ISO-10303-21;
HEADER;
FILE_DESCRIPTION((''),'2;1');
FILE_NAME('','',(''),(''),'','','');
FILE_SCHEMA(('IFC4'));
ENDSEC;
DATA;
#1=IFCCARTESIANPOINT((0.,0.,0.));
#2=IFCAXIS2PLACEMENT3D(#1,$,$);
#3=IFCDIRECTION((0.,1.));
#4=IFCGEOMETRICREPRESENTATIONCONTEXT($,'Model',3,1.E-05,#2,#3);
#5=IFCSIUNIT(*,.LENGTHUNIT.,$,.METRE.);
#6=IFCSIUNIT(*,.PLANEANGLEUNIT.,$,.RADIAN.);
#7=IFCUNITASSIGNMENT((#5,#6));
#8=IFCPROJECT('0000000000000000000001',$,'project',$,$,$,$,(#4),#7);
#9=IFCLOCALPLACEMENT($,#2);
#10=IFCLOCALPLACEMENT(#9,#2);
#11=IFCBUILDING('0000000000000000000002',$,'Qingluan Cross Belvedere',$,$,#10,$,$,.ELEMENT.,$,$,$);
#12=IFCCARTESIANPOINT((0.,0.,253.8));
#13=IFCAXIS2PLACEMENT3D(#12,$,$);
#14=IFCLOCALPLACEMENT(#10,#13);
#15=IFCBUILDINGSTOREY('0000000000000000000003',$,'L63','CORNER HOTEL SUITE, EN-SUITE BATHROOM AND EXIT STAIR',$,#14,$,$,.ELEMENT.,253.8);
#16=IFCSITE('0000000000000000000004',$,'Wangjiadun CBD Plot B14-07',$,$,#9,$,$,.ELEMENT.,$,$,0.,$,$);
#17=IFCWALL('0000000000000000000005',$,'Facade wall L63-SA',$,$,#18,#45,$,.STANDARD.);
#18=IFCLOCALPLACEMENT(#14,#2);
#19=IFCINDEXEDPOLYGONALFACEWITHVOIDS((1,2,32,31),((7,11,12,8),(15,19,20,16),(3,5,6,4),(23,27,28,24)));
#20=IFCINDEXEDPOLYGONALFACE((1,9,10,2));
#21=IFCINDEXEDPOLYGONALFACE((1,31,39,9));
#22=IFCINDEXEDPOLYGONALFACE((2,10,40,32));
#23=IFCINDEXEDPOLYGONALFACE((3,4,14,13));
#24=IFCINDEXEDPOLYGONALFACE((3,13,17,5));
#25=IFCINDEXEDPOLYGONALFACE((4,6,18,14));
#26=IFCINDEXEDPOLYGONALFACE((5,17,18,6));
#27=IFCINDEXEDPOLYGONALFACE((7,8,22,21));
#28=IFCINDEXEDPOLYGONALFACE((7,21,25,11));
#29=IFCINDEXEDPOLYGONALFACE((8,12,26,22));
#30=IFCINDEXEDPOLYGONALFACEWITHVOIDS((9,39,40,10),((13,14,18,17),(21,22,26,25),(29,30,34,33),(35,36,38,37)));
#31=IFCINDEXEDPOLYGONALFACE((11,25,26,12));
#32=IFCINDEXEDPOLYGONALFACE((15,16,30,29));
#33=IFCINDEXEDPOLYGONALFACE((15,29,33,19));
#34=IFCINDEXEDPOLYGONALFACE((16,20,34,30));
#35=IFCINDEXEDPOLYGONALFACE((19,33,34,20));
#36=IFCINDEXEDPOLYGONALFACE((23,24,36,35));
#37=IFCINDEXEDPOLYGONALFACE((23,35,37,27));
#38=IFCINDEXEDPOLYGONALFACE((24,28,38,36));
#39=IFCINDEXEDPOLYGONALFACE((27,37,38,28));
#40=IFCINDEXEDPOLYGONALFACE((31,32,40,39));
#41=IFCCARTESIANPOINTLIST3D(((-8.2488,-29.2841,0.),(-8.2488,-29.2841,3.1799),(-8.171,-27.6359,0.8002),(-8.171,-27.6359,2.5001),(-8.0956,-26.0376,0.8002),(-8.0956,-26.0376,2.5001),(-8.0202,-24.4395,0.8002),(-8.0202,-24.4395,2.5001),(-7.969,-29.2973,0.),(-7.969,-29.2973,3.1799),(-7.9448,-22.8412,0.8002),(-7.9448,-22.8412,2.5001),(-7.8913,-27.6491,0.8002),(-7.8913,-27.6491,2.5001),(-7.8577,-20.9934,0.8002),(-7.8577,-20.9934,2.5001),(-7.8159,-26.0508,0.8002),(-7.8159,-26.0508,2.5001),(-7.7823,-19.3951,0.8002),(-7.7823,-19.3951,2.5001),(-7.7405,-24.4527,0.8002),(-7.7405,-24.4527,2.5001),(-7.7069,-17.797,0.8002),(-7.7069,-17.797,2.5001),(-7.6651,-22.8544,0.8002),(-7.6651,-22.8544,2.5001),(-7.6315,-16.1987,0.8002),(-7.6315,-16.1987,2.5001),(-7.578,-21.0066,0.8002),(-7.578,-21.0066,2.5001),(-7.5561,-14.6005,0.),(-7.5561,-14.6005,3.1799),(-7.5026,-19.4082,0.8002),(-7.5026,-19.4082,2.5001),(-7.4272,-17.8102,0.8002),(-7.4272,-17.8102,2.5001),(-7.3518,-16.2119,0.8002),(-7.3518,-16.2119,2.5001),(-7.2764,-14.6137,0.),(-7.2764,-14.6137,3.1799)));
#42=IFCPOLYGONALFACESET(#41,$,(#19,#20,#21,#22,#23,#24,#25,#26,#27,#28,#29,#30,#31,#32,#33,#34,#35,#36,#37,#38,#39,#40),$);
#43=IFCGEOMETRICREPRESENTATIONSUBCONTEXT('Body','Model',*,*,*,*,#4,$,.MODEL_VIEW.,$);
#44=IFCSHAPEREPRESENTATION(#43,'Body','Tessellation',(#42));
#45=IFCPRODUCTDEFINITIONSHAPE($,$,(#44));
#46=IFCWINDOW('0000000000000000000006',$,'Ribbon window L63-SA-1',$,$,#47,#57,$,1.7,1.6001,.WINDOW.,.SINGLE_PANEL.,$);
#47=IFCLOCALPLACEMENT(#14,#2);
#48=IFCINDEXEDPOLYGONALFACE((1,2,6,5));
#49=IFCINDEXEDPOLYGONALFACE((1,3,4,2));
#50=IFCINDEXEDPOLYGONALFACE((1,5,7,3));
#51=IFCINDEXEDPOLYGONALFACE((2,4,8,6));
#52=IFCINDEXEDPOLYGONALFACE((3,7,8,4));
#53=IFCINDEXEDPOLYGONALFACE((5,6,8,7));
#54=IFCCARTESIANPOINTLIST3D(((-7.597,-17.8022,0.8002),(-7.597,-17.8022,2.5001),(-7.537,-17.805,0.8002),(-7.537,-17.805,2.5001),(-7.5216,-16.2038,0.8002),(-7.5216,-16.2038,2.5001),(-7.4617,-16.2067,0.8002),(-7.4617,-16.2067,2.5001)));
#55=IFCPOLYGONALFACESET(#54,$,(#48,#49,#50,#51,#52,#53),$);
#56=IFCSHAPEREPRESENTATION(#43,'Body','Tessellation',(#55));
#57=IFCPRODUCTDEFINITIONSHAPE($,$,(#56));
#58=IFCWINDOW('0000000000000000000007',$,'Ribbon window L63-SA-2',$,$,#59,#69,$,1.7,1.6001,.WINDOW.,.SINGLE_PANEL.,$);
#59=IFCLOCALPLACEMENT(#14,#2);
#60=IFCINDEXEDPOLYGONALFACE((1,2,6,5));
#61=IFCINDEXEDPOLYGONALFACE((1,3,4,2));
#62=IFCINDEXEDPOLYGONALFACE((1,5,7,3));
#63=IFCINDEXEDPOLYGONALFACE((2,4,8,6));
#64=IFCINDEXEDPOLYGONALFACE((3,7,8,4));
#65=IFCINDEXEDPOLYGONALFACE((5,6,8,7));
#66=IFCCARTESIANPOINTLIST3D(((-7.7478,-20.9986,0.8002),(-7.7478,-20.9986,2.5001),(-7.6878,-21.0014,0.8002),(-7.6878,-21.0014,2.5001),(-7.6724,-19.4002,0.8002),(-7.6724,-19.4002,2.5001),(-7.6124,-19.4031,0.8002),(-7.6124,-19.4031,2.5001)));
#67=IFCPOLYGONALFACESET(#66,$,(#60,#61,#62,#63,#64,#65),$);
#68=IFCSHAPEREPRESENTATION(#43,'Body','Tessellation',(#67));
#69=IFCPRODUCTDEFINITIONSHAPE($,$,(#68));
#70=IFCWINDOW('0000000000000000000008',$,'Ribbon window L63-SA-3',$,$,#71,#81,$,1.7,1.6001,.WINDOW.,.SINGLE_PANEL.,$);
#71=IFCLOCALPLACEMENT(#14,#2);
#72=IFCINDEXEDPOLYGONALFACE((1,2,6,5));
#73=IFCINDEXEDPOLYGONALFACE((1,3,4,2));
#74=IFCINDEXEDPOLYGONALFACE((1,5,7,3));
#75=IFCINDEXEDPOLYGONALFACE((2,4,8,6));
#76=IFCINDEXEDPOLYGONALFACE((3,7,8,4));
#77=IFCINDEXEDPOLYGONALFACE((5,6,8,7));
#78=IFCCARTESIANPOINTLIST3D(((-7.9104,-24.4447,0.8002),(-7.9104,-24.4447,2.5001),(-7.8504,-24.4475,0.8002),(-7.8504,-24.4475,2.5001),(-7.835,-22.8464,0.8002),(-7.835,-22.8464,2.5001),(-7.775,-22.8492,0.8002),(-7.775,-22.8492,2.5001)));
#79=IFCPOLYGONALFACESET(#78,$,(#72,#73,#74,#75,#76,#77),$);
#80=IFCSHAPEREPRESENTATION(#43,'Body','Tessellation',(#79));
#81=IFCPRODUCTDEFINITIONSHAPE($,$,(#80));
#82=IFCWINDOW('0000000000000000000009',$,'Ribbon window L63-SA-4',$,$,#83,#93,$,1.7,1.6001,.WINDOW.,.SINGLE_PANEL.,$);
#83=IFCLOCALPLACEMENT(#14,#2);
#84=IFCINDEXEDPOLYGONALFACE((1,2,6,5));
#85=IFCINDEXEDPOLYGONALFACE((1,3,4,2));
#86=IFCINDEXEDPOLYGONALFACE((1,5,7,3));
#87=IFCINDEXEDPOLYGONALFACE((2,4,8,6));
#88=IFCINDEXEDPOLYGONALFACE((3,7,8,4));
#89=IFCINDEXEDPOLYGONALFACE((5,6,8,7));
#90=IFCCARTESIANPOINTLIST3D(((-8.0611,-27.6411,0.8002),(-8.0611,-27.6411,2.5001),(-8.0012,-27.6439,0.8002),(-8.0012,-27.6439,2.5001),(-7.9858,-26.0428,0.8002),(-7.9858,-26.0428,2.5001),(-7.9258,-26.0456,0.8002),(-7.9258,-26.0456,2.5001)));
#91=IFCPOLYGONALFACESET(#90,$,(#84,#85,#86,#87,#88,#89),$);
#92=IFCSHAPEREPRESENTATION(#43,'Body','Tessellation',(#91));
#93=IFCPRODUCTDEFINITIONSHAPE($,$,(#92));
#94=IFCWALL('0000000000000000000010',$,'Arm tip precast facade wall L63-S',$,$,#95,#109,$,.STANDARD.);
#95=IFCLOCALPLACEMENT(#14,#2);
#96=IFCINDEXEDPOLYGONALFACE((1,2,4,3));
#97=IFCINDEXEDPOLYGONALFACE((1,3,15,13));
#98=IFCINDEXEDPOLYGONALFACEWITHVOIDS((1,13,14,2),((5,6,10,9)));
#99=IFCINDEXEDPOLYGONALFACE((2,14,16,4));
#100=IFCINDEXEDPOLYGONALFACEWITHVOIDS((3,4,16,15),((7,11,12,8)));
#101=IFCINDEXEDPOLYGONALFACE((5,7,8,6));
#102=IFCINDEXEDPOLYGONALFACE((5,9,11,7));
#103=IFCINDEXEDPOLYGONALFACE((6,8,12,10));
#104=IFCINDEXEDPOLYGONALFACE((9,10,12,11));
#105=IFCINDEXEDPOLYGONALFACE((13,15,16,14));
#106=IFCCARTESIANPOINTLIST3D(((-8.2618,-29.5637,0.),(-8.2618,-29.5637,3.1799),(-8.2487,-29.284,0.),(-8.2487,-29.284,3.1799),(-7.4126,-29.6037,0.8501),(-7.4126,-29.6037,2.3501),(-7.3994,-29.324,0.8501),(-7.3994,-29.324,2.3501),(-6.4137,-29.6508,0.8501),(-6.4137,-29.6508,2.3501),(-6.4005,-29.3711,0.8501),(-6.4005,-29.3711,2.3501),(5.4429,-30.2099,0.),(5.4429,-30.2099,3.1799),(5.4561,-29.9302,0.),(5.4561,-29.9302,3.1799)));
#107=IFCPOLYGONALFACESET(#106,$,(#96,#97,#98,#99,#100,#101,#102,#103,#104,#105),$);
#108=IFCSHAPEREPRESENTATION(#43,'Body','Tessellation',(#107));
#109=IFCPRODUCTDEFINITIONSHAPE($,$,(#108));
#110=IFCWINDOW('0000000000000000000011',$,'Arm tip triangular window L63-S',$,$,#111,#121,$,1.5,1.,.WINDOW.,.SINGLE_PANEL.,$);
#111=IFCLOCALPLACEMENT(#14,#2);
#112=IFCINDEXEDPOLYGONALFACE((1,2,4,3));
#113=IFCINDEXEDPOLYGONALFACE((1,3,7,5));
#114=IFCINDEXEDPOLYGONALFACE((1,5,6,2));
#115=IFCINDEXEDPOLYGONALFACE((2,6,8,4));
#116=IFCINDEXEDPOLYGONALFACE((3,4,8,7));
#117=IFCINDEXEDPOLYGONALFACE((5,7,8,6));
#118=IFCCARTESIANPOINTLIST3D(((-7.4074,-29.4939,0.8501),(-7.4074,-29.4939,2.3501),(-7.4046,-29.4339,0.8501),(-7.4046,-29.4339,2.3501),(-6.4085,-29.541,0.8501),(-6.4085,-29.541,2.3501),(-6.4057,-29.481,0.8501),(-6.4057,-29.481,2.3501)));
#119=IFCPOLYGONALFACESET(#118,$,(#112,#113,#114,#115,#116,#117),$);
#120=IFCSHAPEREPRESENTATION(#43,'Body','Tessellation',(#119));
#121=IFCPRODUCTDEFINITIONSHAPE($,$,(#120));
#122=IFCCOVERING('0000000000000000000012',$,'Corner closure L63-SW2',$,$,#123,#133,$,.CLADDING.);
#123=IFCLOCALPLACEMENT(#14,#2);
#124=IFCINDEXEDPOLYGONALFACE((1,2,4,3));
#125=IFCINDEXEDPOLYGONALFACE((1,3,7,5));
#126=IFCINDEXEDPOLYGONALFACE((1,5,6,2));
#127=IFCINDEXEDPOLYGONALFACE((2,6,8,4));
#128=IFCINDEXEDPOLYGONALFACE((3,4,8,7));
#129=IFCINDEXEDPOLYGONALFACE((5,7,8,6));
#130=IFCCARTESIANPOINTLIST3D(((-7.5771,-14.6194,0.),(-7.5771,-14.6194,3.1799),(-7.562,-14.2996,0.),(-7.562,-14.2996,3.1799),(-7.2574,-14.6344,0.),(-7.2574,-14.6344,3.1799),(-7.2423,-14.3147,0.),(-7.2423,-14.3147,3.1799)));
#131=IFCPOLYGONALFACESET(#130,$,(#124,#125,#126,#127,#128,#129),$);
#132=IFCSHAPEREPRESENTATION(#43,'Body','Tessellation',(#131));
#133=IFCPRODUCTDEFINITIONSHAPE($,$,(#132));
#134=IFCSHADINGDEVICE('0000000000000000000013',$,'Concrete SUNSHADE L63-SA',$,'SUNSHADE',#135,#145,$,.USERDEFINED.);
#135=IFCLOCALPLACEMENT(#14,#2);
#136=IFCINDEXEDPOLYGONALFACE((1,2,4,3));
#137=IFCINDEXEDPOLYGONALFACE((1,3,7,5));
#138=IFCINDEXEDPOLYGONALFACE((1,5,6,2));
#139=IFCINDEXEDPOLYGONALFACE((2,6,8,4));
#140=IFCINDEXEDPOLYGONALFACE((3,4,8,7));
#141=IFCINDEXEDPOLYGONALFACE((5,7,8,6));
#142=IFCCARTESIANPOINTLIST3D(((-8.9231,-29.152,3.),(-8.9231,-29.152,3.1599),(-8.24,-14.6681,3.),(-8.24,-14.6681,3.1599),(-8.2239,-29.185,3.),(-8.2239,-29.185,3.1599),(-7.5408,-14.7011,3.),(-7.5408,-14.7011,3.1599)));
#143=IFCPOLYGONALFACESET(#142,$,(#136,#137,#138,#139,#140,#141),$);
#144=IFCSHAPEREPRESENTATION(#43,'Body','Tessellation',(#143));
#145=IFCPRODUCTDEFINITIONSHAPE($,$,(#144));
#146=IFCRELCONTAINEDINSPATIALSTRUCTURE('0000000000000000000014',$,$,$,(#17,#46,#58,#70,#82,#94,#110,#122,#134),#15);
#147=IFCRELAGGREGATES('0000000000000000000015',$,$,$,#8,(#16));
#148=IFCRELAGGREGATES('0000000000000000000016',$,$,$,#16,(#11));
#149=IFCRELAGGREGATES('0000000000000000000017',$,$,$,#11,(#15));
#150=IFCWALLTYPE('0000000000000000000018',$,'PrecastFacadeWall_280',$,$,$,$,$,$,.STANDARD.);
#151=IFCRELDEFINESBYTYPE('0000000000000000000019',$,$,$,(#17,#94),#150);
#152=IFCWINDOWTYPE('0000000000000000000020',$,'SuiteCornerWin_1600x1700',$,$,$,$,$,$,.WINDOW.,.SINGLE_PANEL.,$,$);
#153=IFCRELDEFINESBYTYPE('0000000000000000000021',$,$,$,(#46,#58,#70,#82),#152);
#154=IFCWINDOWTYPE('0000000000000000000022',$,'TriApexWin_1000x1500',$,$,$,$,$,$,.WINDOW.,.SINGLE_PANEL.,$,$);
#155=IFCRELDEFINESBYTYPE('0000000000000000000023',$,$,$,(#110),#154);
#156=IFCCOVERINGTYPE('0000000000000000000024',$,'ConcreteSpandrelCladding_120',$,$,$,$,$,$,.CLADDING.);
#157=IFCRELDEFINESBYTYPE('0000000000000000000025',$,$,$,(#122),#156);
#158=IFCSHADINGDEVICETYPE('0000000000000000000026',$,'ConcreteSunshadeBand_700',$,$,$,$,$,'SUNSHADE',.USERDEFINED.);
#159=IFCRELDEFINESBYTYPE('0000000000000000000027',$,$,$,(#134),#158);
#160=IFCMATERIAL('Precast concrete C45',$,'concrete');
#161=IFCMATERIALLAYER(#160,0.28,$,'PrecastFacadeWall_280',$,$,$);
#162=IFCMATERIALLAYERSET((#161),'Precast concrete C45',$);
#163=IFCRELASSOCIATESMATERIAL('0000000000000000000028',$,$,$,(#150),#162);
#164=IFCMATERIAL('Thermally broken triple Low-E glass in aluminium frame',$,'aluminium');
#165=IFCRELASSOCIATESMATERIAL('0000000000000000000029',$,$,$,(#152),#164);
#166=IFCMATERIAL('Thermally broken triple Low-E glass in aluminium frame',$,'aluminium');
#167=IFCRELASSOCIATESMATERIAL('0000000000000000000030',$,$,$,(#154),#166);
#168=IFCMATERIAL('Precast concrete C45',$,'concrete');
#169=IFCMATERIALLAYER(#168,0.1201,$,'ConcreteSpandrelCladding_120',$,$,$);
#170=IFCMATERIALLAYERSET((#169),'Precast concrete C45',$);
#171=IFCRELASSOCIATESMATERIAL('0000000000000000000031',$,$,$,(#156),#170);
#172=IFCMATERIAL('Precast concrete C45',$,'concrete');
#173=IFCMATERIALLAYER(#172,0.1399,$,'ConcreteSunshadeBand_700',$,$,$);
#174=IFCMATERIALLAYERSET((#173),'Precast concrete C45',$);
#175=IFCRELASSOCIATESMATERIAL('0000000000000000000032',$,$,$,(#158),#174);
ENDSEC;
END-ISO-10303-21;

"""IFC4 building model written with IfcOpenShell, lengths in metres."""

from ifc_helpers import new_model, si_unit, direction, frame, frame_2d, origin, origin_2d, place, context, subcontext, project, spatial, rectangle, extrude, material, layer, layer_set, type_object, element, fill, save


model = new_model("IFC4")

# Units and contexts
model_context = context("Model", 3, precision=1e-05, world=origin(), true_north=direction((0.0, 1.0)))
body_context = subcontext(model_context, "Body", "Model", "MODEL_VIEW")
ifc_project = project(units=[si_unit("LENGTHUNIT", "METRE"), si_unit("PLANEANGLEUNIT", "RADIAN")], contexts=[model_context])

# Site, building, storey
site_placement = place(None, origin())
site = spatial("IfcSite", under=ifc_project, at=site_placement, Name="Wangjiadun CBD Plot B14-07", CompositionType="ELEMENT", RefElevation=0.0)
building_placement = place(site_placement, origin())
building = spatial("IfcBuilding", under=site, at=building_placement, Name="Qingluan Cross Belvedere", CompositionType="ELEMENT")
storey_placement = place(building_placement, frame((0.0, 0.0, 253.8)))
storey = spatial("IfcBuildingStorey", under=building, at=storey_placement, Name="L63", Description="CORNER HOTEL SUITE, EN-SUITE BATHROOM AND EXIT STAIR", CompositionType="ELEMENT", Elevation=253.8)

# Wall, openings, windows
ifc_material_1 = material(Name="Precast concrete C45", Category="concrete")
ifc_layer_1 = layer(ifc_material_1, 0.28, Name="PrecastFacadeWall_280")
ifc_layer_set_1 = layer_set([ifc_layer_1], Name="Precast concrete C45")
wall_type_1 = type_object("IfcWallType", Name="PrecastFacadeWall_280", PredefinedType="STANDARD", material=ifc_layer_set_1)
wall_1_placement = place(storey_placement, frame((-7.4163, -14.6069, 0.0), z_axis=(0.0, 0.0, 1.0), x_axis=(-0.047118, -0.998889, 0.0)))
wall_1 = element("IfcWall", 1, at=wall_1_placement, inside=storey, type_object=wall_type_1, Name="Facade wall L63-SA", PredefinedType="STANDARD", context=body_context, shape_type="SweptSolid", body=[
    extrude(rectangle(XDim=14.7, YDim=0.28, at=frame_2d((7.3501, 0.0))), origin(), (0.0, 0.0, 1.0), 3.1799),
])
opening_1_placement = place(wall_1_placement, frame((1.6001, 0.0, 0.8)))
opening_1 = element("IfcOpeningElement", 2, at=opening_1_placement, cuts=wall_1, PredefinedType="OPENING", context=body_context, shape_type="SweptSolid", body=[
    extrude(rectangle(XDim=1.6001, YDim=1.7, at=frame_2d((0.8, 0.8501))), frame((0.0, 0.1499, 0.0), z_axis=(0.0, -1.0, 0.0), x_axis=(1.0, 0.0, 0.0)), (0.0, 0.0, 1.0), 0.3),
])
opening_2_placement = place(wall_1_placement, frame((4.8, 0.0, 0.8)))
opening_2 = element("IfcOpeningElement", 3, at=opening_2_placement, cuts=wall_1, PredefinedType="OPENING", context=body_context, shape_type="SweptSolid", body=[
    extrude(rectangle(XDim=1.6001, YDim=1.7, at=frame_2d((0.8, 0.8501))), frame((0.0, 0.1499, 0.0), z_axis=(0.0, -1.0, 0.0), x_axis=(1.0, 0.0, 0.0)), (0.0, 0.0, 1.0), 0.3),
])
opening_3_placement = place(wall_1_placement, frame((8.25, 0.0, 0.8)))
opening_3 = element("IfcOpeningElement", 4, at=opening_3_placement, cuts=wall_1, PredefinedType="OPENING", context=body_context, shape_type="SweptSolid", body=[
    extrude(rectangle(XDim=1.6001, YDim=1.7, at=frame_2d((0.8, 0.8501))), frame((0.0, 0.1499, 0.0), z_axis=(0.0, -1.0, 0.0), x_axis=(1.0, 0.0, 0.0)), (0.0, 0.0, 1.0), 0.3),
])
opening_4_placement = place(wall_1_placement, frame((11.45, 0.0, 0.8)))
opening_4 = element("IfcOpeningElement", 5, at=opening_4_placement, cuts=wall_1, PredefinedType="OPENING", context=body_context, shape_type="SweptSolid", body=[
    extrude(rectangle(XDim=1.6001, YDim=1.7, at=frame_2d((0.8, 0.8501))), frame((0.0, 0.1499, 0.0), z_axis=(0.0, -1.0, 0.0), x_axis=(1.0, 0.0, 0.0)), (0.0, 0.0, 1.0), 0.3),
])
ifc_material_2 = material(Name="Thermally broken triple Low-E glass in aluminium frame", Category="aluminium")
window_type_1 = type_object("IfcWindowType", Name="SuiteCornerWin_1600x1700", PartitioningType="SINGLE_PANEL", PredefinedType="WINDOW", material=ifc_material_2)
window_1_placement = place(opening_1_placement, origin())
window_1 = element("IfcWindow", 6, at=window_1_placement, inside=storey, type_object=window_type_1, Name="Ribbon window L63-SA-1", OverallHeight=1.7, OverallWidth=1.6001, PartitioningType="SINGLE_PANEL", PredefinedType="WINDOW", context=body_context, shape_type="SweptSolid", body=[
    extrude(rectangle(XDim=1.6001, YDim=1.7, at=frame_2d((0.8, 0.8501))), frame((0.0, 0.03, 0.0), z_axis=(0.0, -1.0, 0.0), x_axis=(1.0, 0.0, 0.0)), (0.0, 0.0, 1.0), 0.0601),
])
fill(opening_1, window_1)
window_2_placement = place(opening_2_placement, origin())
window_2 = element("IfcWindow", 7, at=window_2_placement, inside=storey, type_object=window_type_1, Name="Ribbon window L63-SA-2", OverallHeight=1.7, OverallWidth=1.6001, PartitioningType="SINGLE_PANEL", PredefinedType="WINDOW", context=body_context, shape_type="SweptSolid", body=[
    extrude(rectangle(XDim=1.6001, YDim=1.7, at=frame_2d((0.8, 0.8501))), frame((0.0, 0.03, 0.0), z_axis=(0.0, -1.0, 0.0), x_axis=(1.0, 0.0, 0.0)), (0.0, 0.0, 1.0), 0.0601),
])
fill(opening_2, window_2)
window_3_placement = place(opening_3_placement, origin())
window_3 = element("IfcWindow", 8, at=window_3_placement, inside=storey, type_object=window_type_1, Name="Ribbon window L63-SA-3", OverallHeight=1.7, OverallWidth=1.6001, PartitioningType="SINGLE_PANEL", PredefinedType="WINDOW", context=body_context, shape_type="SweptSolid", body=[
    extrude(rectangle(XDim=1.6001, YDim=1.7, at=frame_2d((0.8, 0.8501))), frame((0.0, 0.03, 0.0), z_axis=(0.0, -1.0, 0.0), x_axis=(1.0, 0.0, 0.0)), (0.0, 0.0, 1.0), 0.0601),
])
fill(opening_3, window_3)
window_4_placement = place(opening_4_placement, origin())
window_4 = element("IfcWindow", 9, at=window_4_placement, inside=storey, type_object=window_type_1, Name="Ribbon window L63-SA-4", OverallHeight=1.7, OverallWidth=1.6001, PartitioningType="SINGLE_PANEL", PredefinedType="WINDOW", context=body_context, shape_type="SweptSolid", body=[
    extrude(rectangle(XDim=1.6001, YDim=1.7, at=frame_2d((0.8, 0.8501))), frame((0.0, 0.03, 0.0), z_axis=(0.0, -1.0, 0.0), x_axis=(1.0, 0.0, 0.0)), (0.0, 0.0, 1.0), 0.0601),
])
fill(opening_4, window_4)

# Wall, opening, window
wall_2_placement = place(storey_placement, frame((-8.2551, -29.4238, 0.0), z_axis=(0.0, 0.0, 1.0), x_axis=(0.99889, -0.047102, 0.0)))
wall_2 = element("IfcWall", 10, at=wall_2_placement, inside=storey, type_object=wall_type_1, Name="Arm tip precast facade wall L63-S", PredefinedType="STANDARD", context=body_context, shape_type="SweptSolid", body=[
    extrude(rectangle(XDim=13.72, YDim=0.28, at=frame_2d((6.8599, 0.0))), origin(), (0.0, 0.0, 1.0), 3.1799),
])
opening_5_placement = place(wall_2_placement, frame((0.8501, 0.0, 0.8501)))
opening_5 = element("IfcOpeningElement", 11, at=opening_5_placement, cuts=wall_2, PredefinedType="OPENING", context=body_context, shape_type="SweptSolid", body=[
    extrude(rectangle(XDim=1.0, YDim=1.5, at=frame_2d((0.5, 0.75))), frame((0.0, 0.1499, 0.0), z_axis=(0.0, -1.0, 0.0), x_axis=(1.0, 0.0, 0.0)), (0.0, 0.0, 1.0), 0.3),
])
ifc_material_3 = material(Name="Thermally broken triple Low-E glass in aluminium frame", Category="aluminium")
window_type_2 = type_object("IfcWindowType", Name="TriApexWin_1000x1500", PartitioningType="SINGLE_PANEL", PredefinedType="WINDOW", material=ifc_material_3)
window_5_placement = place(opening_5_placement, origin())
window_5 = element("IfcWindow", 12, at=window_5_placement, inside=storey, type_object=window_type_2, Name="Arm tip triangular window L63-S", OverallHeight=1.5, OverallWidth=1.0, PartitioningType="SINGLE_PANEL", PredefinedType="WINDOW", context=body_context, shape_type="SweptSolid", body=[
    extrude(rectangle(XDim=1.0, YDim=1.5, at=frame_2d((0.5, 0.75))), frame((0.0, 0.03, 0.0), z_axis=(0.0, -1.0, 0.0), x_axis=(1.0, 0.0, 0.0)), (0.0, 0.0, 1.0), 0.0601),
])
fill(opening_5, window_5)

# Covering
ifc_material_4 = material(Name="Precast concrete C45", Category="concrete")
ifc_layer_2 = layer(ifc_material_4, 0.1201, Name="ConcreteSpandrelCladding_120")
ifc_layer_set_2 = layer_set([ifc_layer_2], Name="Precast concrete C45")
covering_type = type_object("IfcCoveringType", Name="ConcreteSpandrelCladding_120", PredefinedType="CLADDING", material=ifc_layer_set_2)
covering_placement = place(storey_placement, frame((-7.4097, -14.467, 0.0), z_axis=(0.0, 0.0, 1.0), x_axis=(0.99889, -0.047106, 0.0)))
element("IfcCovering", 13, at=covering_placement, inside=storey, type_object=covering_type, Name="Corner closure L63-SW2", PredefinedType="CLADDING", context=body_context, shape_type="SweptSolid", body=[
    extrude(rectangle(XDim=0.3201, YDim=0.3201, at=origin_2d()), origin(), (0.0, 0.0, 1.0), 3.1799),
])

# Shading device
ifc_material_5 = material(Name="Precast concrete C45", Category="concrete")
ifc_layer_3 = layer(ifc_material_5, 0.1399, Name="ConcreteSunshadeBand_700")
ifc_layer_set_3 = layer_set([ifc_layer_3], Name="Precast concrete C45")
shading_device_type = type_object("IfcShadingDeviceType", Name="ConcreteSunshadeBand_700", ElementType="SUNSHADE", PredefinedType="USERDEFINED", material=ifc_layer_set_3)
shading_device_placement = place(storey_placement, frame((-8.2319, -21.9265, 3.0), z_axis=(0.0, 0.0, 1.0), x_axis=(-0.047109, -0.99889, 0.0)))
element("IfcShadingDevice", 14, at=shading_device_placement, inside=storey, type_object=shading_device_type, Name="Concrete SUNSHADE L63-SA", ObjectType="SUNSHADE", PredefinedType="USERDEFINED", context=body_context, shape_type="SweptSolid", body=[
    extrude(rectangle(XDim=14.5, YDim=0.7, at=origin_2d()), origin(), (0.0, 0.0, 1.0), 0.1599),
])

save(model, "model.ifc")
